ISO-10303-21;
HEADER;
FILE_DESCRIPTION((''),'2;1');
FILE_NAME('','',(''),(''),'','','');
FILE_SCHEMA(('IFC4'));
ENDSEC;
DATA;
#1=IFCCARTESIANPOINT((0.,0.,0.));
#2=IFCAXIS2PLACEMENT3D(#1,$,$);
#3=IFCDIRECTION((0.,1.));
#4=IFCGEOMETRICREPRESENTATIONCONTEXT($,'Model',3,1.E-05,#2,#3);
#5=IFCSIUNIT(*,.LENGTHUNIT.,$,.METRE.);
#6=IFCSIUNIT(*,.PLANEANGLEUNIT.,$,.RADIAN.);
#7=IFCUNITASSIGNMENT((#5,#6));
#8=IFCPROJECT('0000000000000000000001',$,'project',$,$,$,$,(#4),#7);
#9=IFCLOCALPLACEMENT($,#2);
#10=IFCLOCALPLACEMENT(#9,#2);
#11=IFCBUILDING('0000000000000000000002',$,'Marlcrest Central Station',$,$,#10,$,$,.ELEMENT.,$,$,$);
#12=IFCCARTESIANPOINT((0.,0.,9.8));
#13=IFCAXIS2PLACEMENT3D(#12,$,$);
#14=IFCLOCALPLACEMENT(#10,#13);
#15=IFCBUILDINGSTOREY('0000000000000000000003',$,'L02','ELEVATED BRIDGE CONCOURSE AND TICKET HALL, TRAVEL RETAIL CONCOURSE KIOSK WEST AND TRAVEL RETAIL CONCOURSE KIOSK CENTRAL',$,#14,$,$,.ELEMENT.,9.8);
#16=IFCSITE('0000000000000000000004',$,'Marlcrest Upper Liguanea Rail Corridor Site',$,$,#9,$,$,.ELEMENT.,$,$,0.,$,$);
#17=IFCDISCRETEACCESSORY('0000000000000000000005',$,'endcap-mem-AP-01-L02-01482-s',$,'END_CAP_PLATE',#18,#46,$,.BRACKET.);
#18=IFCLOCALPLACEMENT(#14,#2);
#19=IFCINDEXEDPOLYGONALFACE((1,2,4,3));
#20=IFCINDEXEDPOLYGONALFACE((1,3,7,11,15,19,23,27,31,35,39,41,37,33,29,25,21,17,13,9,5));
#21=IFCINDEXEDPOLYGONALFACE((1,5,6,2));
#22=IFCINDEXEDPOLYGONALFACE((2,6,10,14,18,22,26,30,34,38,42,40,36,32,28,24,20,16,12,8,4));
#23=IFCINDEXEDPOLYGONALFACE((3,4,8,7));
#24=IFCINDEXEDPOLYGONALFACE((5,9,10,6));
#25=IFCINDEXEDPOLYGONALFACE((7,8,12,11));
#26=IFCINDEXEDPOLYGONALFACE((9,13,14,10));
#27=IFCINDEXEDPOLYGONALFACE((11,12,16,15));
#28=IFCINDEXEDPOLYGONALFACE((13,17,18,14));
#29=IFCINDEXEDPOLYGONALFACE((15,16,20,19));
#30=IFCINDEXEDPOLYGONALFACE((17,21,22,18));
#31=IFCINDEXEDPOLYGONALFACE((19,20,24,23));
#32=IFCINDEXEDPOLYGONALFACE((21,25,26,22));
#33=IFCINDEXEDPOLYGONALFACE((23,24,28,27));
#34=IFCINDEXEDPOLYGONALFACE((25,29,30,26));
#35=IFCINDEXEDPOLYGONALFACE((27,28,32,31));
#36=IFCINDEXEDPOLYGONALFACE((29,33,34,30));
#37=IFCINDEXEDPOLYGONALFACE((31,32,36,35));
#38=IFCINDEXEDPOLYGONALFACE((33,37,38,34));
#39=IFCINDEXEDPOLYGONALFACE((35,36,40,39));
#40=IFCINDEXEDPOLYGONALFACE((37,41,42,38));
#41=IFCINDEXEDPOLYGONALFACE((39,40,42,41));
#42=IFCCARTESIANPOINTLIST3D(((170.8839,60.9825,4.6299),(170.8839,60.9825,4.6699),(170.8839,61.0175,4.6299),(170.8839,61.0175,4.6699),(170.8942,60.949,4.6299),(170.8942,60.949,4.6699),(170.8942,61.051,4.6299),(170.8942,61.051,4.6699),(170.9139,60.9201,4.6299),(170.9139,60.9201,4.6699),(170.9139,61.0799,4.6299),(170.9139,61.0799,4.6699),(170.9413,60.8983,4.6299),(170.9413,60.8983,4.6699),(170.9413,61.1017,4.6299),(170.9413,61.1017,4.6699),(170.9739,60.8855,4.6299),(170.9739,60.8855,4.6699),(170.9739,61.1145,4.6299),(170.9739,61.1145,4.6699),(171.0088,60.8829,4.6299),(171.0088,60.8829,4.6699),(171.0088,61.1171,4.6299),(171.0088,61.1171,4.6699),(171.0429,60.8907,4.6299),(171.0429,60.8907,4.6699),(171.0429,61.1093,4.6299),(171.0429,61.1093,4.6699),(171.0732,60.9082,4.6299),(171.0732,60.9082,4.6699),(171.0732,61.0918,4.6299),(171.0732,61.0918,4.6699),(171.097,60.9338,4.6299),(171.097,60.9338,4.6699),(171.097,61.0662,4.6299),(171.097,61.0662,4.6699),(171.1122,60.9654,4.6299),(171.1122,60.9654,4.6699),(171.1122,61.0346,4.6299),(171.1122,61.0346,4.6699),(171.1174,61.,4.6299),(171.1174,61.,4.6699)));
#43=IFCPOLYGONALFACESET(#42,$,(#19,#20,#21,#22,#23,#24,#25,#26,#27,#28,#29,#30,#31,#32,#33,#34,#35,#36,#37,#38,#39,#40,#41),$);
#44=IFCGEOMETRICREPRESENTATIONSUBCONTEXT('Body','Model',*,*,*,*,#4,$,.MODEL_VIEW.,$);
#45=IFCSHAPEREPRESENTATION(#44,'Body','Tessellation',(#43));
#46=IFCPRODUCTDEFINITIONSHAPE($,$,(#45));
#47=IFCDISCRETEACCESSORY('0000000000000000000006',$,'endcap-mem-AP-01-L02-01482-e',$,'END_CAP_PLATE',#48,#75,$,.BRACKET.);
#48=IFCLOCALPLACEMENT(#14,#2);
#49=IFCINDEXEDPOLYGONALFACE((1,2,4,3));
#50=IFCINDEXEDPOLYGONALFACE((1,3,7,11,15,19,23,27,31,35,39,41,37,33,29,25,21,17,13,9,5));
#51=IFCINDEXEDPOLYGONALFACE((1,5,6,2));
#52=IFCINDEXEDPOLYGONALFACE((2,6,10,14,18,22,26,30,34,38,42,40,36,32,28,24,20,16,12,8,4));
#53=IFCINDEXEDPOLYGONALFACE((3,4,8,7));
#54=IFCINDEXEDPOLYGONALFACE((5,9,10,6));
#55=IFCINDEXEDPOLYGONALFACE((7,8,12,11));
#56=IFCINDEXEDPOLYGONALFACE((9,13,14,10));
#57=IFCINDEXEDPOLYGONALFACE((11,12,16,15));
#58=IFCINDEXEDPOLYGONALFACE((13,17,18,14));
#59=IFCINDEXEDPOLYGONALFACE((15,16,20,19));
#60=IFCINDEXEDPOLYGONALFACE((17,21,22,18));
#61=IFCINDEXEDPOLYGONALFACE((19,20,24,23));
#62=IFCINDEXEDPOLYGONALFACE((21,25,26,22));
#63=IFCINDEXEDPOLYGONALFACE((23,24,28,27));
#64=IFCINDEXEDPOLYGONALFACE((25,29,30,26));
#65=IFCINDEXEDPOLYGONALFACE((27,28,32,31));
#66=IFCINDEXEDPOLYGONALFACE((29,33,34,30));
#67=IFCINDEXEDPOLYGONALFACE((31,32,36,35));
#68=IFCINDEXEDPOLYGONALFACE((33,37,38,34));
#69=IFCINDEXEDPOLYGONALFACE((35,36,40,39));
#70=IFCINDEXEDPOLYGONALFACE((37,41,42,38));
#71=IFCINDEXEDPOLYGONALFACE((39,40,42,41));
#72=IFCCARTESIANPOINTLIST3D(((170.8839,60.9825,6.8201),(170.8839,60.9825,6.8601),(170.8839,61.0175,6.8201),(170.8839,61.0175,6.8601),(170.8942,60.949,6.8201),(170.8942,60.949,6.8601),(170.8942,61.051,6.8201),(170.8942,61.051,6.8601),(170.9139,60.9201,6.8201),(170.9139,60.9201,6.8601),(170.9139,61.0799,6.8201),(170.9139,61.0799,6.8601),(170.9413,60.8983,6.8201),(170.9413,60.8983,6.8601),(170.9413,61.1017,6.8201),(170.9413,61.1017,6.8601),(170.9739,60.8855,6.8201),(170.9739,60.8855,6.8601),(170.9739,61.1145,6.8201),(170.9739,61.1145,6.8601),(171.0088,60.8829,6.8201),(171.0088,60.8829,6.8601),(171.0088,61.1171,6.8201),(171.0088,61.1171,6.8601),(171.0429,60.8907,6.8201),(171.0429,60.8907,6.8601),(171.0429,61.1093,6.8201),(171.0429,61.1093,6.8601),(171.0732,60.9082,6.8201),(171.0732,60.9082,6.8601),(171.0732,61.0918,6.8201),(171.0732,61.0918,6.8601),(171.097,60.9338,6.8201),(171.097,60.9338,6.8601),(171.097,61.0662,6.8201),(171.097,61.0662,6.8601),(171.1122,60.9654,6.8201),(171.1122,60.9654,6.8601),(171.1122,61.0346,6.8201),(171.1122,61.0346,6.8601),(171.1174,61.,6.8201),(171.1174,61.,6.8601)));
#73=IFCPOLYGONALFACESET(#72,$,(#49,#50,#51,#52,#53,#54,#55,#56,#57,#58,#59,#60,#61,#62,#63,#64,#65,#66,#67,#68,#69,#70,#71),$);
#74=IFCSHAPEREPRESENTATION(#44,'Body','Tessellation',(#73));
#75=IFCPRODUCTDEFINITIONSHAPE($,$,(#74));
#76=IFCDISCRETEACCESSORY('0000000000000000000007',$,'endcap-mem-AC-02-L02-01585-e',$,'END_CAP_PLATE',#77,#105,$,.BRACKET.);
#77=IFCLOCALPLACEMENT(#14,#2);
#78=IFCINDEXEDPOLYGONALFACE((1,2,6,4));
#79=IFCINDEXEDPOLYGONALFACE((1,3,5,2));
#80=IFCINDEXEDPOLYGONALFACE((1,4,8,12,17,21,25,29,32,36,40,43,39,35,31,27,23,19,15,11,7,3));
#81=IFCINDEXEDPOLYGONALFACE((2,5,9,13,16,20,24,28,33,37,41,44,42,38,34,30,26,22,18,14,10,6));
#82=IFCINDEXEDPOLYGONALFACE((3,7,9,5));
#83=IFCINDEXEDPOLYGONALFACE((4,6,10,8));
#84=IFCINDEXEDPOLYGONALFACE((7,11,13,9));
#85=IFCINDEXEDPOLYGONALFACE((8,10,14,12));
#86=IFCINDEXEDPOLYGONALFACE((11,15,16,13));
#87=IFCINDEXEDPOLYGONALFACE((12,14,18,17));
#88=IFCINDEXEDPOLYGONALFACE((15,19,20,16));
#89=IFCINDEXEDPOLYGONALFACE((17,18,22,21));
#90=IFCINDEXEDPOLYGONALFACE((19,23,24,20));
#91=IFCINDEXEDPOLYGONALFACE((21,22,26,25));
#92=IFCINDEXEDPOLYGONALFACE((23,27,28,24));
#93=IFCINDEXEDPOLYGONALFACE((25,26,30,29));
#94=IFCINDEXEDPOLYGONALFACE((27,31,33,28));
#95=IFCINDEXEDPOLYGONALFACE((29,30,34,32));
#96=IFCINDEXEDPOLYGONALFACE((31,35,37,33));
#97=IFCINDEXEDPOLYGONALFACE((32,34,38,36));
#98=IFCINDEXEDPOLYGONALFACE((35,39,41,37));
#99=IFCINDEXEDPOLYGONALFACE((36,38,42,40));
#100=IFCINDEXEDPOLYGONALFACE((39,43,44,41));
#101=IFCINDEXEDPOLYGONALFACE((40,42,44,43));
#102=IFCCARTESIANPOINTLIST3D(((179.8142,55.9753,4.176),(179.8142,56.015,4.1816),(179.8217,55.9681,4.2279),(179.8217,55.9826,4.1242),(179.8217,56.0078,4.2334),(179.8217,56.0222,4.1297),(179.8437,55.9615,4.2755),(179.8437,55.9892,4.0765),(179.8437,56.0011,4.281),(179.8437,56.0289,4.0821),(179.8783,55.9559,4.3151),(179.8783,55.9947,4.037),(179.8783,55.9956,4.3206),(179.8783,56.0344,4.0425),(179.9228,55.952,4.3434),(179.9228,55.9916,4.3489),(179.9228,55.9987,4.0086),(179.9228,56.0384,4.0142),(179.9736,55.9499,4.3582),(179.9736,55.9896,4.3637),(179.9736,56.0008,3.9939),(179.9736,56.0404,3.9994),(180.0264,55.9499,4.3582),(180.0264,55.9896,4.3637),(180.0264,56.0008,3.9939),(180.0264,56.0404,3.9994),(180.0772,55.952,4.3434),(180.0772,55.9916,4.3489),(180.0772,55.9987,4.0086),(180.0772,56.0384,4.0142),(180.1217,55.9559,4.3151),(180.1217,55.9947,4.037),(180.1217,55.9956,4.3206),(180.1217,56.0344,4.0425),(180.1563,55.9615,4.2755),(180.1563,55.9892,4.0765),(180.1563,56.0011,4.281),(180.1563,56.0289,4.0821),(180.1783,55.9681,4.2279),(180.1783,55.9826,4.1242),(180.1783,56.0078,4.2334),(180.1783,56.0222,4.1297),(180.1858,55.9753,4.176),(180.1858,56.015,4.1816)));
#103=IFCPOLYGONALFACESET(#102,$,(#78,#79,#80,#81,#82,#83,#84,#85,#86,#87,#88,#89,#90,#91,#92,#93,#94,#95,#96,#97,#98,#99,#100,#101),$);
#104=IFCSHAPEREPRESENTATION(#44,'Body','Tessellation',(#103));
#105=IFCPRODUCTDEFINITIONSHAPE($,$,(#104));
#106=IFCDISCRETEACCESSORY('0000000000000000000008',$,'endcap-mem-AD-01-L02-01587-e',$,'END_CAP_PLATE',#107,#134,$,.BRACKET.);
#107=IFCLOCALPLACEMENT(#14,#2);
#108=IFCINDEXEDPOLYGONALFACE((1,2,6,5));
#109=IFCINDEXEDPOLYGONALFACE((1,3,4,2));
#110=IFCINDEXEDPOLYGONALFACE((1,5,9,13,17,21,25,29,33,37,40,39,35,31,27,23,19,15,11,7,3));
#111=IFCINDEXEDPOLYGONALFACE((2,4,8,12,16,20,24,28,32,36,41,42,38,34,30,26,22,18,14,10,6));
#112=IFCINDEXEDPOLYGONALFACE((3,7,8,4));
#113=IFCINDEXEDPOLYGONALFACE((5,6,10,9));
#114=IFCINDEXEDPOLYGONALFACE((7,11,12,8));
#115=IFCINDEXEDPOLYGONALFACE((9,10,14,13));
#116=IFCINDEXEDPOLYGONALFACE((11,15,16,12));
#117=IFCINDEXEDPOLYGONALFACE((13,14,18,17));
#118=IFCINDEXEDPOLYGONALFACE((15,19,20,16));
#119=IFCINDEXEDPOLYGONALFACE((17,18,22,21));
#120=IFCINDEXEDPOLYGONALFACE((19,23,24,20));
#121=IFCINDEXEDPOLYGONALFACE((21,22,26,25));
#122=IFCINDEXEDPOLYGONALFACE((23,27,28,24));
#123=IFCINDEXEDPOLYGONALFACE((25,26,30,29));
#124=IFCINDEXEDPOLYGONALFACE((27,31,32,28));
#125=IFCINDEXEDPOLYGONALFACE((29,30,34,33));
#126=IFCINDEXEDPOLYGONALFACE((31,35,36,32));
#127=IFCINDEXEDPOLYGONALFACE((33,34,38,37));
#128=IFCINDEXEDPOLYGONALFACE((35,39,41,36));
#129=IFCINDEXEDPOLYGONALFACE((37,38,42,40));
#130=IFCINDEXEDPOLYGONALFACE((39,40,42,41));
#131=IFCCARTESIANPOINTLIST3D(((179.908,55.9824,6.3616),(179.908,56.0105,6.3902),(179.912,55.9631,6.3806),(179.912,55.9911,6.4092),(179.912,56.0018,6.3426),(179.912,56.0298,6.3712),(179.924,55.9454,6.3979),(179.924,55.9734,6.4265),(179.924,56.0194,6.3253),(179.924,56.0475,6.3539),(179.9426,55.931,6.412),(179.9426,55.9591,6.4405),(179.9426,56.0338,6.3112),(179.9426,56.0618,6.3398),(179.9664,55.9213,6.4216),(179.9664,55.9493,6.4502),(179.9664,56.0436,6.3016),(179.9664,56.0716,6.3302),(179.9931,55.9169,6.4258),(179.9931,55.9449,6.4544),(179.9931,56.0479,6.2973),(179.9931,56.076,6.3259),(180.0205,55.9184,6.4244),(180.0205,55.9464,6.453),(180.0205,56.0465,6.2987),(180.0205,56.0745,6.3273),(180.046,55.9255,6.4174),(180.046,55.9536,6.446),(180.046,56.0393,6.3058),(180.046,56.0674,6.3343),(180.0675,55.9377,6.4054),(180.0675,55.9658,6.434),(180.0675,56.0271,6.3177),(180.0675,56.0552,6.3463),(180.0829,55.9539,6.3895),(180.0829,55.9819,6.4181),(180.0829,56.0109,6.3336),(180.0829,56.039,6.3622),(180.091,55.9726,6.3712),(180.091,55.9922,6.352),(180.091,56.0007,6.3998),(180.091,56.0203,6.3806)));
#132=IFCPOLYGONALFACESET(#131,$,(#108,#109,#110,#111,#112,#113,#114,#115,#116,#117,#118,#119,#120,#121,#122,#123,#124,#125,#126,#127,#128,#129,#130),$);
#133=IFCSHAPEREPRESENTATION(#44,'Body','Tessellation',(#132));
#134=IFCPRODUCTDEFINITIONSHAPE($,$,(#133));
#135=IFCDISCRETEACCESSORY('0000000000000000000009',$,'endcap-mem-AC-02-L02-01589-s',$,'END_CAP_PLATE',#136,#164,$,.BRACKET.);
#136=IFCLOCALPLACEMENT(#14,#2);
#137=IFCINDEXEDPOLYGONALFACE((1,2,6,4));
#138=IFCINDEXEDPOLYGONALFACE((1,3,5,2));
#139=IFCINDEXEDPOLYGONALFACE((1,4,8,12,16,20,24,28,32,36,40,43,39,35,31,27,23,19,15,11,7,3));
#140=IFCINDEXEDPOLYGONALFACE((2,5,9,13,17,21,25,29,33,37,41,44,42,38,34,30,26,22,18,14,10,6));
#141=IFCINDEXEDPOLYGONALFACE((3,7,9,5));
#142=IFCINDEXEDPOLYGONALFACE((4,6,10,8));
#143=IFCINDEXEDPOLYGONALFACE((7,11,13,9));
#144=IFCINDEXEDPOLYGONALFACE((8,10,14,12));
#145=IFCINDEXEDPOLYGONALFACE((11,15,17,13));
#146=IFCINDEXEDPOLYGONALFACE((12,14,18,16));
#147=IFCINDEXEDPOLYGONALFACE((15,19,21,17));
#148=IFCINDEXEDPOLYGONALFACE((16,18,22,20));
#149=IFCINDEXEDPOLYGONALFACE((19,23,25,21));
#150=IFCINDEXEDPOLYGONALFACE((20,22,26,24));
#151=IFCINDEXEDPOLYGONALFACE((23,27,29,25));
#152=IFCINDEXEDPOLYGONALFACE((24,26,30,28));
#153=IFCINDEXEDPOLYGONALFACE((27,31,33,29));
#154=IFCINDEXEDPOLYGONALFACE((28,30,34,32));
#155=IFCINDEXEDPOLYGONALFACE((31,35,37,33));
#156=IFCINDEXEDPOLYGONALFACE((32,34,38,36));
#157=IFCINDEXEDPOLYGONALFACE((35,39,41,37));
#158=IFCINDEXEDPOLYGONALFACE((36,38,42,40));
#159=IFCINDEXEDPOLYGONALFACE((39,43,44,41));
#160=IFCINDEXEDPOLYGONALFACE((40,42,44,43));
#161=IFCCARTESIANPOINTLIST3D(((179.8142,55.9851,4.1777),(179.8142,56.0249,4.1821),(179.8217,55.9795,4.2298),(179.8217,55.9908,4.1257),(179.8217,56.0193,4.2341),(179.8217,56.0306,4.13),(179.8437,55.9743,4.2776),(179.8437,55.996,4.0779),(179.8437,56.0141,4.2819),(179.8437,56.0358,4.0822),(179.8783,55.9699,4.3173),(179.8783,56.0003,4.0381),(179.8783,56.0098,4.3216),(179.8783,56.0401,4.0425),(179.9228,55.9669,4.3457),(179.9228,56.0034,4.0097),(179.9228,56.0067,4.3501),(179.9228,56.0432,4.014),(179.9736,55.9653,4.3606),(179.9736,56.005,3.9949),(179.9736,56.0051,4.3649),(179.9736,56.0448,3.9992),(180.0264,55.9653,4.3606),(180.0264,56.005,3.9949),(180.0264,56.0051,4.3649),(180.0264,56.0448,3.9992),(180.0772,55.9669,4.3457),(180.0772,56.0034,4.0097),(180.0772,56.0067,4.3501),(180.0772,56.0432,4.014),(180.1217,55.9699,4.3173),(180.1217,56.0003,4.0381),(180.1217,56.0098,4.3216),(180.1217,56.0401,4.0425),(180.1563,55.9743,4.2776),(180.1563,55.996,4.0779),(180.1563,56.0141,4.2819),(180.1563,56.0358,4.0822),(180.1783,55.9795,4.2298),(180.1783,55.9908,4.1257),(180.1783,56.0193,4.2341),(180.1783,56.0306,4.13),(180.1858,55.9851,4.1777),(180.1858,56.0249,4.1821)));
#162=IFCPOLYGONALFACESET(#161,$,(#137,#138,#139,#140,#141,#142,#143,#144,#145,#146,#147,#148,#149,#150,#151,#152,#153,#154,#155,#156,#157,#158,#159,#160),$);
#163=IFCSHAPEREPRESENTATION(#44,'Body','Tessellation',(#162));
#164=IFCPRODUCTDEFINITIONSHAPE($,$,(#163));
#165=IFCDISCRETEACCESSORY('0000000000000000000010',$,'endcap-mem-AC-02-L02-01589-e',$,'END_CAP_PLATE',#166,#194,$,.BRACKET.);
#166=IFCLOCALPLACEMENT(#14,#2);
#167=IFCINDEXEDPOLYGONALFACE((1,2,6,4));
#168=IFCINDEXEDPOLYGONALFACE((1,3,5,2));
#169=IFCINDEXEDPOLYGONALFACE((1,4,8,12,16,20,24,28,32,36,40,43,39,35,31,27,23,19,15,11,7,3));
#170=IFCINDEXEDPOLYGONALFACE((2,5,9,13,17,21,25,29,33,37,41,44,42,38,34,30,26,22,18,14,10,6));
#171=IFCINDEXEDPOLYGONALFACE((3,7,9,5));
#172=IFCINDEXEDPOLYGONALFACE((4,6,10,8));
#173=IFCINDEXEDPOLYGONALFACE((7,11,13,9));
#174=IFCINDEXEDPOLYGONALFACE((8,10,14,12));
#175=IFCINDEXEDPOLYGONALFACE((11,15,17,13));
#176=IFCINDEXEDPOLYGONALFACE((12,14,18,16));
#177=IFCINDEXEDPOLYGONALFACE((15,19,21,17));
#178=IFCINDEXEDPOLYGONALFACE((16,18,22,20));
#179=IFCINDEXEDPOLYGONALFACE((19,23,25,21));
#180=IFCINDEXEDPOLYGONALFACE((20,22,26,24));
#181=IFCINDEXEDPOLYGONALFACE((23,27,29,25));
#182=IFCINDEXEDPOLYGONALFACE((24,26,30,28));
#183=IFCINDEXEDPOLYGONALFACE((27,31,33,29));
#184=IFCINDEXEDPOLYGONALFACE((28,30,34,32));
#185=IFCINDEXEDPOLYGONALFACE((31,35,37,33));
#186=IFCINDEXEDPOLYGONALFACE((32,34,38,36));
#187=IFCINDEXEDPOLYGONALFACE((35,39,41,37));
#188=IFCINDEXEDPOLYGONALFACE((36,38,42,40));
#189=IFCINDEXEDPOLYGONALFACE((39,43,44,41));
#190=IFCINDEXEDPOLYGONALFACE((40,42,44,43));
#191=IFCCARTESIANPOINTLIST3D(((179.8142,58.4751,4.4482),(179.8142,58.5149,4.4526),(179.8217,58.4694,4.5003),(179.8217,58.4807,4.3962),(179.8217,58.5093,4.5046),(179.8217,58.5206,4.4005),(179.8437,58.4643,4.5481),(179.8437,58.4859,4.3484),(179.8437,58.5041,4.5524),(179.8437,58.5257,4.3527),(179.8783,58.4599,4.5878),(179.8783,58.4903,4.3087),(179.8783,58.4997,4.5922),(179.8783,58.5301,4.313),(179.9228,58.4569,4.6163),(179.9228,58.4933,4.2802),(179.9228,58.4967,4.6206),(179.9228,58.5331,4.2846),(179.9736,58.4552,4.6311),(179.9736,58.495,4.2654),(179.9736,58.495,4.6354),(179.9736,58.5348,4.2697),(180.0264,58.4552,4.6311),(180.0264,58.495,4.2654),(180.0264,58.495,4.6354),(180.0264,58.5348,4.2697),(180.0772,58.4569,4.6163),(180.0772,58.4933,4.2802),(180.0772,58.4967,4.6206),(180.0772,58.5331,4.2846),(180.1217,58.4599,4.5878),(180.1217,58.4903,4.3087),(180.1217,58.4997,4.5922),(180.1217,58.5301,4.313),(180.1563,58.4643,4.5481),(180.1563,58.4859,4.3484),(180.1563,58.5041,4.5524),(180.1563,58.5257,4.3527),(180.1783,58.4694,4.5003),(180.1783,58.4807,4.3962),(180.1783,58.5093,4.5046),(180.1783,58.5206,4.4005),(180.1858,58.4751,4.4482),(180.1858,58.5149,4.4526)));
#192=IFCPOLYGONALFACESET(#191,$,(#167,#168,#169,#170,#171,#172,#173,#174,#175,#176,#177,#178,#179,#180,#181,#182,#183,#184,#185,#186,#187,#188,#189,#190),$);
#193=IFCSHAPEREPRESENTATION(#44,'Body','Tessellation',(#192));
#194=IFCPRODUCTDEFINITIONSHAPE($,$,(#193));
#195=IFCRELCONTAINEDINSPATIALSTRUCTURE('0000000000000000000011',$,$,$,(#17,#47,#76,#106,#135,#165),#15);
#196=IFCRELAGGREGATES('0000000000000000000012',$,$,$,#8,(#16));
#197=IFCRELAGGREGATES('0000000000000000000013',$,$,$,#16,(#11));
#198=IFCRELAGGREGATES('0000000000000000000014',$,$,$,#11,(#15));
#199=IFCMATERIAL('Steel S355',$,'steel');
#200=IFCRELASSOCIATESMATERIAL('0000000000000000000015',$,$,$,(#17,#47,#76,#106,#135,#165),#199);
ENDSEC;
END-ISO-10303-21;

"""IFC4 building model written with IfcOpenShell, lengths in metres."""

from ifc_helpers import new_model, si_unit, direction, frame, origin, origin_2d, place, context, subcontext, project, spatial, circle, extrude, material, element, save


model = new_model("IFC4")

# Units and contexts
model_context = context("Model", 3, precision=1e-05, world=origin(), true_north=direction((0.0, 1.0)))
body_context = subcontext(model_context, "Body", "Model", "MODEL_VIEW")
ifc_project = project(units=[si_unit("LENGTHUNIT", "METRE"), si_unit("PLANEANGLEUNIT", "RADIAN")], contexts=[model_context])

# Site, building, storey
site_placement = place(None, origin())
site = spatial("IfcSite", under=ifc_project, at=site_placement, Name="Marlcrest Upper Liguanea Rail Corridor Site", CompositionType="ELEMENT", RefElevation=0.0)
building_placement = place(site_placement, origin())
building = spatial("IfcBuilding", under=site, at=building_placement, Name="Marlcrest Central Station", CompositionType="ELEMENT")
storey_placement = place(building_placement, frame((0.0, 0.0, 9.8)))
storey = spatial("IfcBuildingStorey", under=building, at=storey_placement, Name="L02", Description="ELEVATED BRIDGE CONCOURSE AND TICKET HALL, TRAVEL RETAIL CONCOURSE KIOSK WEST AND TRAVEL RETAIL CONCOURSE KIOSK CENTRAL", CompositionType="ELEMENT", Elevation=9.8)

# Shared definitions
ifc_material = material(Name="Steel S355", Category="steel")

# Discrete accessories
for number, where, z_axis, x_axis, name in (
    (1, (171.0, 61.0, 4.6299), (0.0, 0.0, 1.0), (1.0, 0.0, 0.0), "endcap-mem-AP-01-L02-01482-s"),
    (2, (171.0, 61.0, 6.8201), (0.0, 0.0, 1.0), (1.0, 0.0, 0.0), "endcap-mem-AP-01-L02-01482-e"),
):
    element("IfcDiscreteAccessory", number, at=place(storey_placement, frame(where, z_axis=z_axis, x_axis=x_axis)), inside=storey, material=ifc_material, Name=name, ObjectType="END_CAP_PLATE", PredefinedType="BRACKET", context=body_context, shape_type="SweptSolid", body=[
        extrude(circle(Radius=0.1174, at=origin_2d()), origin(), (0.0, 0.0, 1.0), 0.04),
    ])
discrete_accessory_1_placement = place(storey_placement, frame((180.0, 55.9753, 4.176), z_axis=(0.0, 0.990403, 0.138211), x_axis=(-1.0, 0.0, 0.0)))
element("IfcDiscreteAccessory", 3, at=discrete_accessory_1_placement, inside=storey, material=ifc_material, Name="endcap-mem-AC-02-L02-01585-e", ObjectType="END_CAP_PLATE", PredefinedType="BRACKET", context=body_context, shape_type="SweptSolid", body=[
    extrude(circle(Radius=0.1858, at=origin_2d()), origin(), (0.0, 0.0, 1.0), 0.04),
])
discrete_accessory_2_placement = place(storey_placement, frame((180.0, 55.9824, 6.3616), z_axis=(0.0, 0.700235, 0.713912), x_axis=(-1.0, 0.0, 0.0)))
element("IfcDiscreteAccessory", 4, at=discrete_accessory_2_placement, inside=storey, material=ifc_material, Name="endcap-mem-AD-01-L02-01587-e", ObjectType="END_CAP_PLATE", PredefinedType="BRACKET", context=body_context, shape_type="SweptSolid", body=[
    extrude(circle(Radius=0.092, at=origin_2d()), origin(), (0.0, 0.0, 1.0), 0.04),
])
for number, where, z_axis, x_axis, name in (
    (5, (180.0, 55.9851, 4.1777), (0.0, 0.994155, 0.107959), (-1.0, 0.0, 0.0), "endcap-mem-AC-02-L02-01589-s"),
    (6, (180.0, 58.4751, 4.4482), (0.0, 0.994155, 0.107959), (-1.0, 0.0, 0.0), "endcap-mem-AC-02-L02-01589-e"),
):
    element("IfcDiscreteAccessory", number, at=place(storey_placement, frame(where, z_axis=z_axis, x_axis=x_axis)), inside=storey, material=ifc_material, Name=name, ObjectType="END_CAP_PLATE", PredefinedType="BRACKET", context=body_context, shape_type="SweptSolid", body=[
        extrude(circle(Radius=0.1858, at=origin_2d()), origin(), (0.0, 0.0, 1.0), 0.04),
    ])

save(model, "model.ifc")
